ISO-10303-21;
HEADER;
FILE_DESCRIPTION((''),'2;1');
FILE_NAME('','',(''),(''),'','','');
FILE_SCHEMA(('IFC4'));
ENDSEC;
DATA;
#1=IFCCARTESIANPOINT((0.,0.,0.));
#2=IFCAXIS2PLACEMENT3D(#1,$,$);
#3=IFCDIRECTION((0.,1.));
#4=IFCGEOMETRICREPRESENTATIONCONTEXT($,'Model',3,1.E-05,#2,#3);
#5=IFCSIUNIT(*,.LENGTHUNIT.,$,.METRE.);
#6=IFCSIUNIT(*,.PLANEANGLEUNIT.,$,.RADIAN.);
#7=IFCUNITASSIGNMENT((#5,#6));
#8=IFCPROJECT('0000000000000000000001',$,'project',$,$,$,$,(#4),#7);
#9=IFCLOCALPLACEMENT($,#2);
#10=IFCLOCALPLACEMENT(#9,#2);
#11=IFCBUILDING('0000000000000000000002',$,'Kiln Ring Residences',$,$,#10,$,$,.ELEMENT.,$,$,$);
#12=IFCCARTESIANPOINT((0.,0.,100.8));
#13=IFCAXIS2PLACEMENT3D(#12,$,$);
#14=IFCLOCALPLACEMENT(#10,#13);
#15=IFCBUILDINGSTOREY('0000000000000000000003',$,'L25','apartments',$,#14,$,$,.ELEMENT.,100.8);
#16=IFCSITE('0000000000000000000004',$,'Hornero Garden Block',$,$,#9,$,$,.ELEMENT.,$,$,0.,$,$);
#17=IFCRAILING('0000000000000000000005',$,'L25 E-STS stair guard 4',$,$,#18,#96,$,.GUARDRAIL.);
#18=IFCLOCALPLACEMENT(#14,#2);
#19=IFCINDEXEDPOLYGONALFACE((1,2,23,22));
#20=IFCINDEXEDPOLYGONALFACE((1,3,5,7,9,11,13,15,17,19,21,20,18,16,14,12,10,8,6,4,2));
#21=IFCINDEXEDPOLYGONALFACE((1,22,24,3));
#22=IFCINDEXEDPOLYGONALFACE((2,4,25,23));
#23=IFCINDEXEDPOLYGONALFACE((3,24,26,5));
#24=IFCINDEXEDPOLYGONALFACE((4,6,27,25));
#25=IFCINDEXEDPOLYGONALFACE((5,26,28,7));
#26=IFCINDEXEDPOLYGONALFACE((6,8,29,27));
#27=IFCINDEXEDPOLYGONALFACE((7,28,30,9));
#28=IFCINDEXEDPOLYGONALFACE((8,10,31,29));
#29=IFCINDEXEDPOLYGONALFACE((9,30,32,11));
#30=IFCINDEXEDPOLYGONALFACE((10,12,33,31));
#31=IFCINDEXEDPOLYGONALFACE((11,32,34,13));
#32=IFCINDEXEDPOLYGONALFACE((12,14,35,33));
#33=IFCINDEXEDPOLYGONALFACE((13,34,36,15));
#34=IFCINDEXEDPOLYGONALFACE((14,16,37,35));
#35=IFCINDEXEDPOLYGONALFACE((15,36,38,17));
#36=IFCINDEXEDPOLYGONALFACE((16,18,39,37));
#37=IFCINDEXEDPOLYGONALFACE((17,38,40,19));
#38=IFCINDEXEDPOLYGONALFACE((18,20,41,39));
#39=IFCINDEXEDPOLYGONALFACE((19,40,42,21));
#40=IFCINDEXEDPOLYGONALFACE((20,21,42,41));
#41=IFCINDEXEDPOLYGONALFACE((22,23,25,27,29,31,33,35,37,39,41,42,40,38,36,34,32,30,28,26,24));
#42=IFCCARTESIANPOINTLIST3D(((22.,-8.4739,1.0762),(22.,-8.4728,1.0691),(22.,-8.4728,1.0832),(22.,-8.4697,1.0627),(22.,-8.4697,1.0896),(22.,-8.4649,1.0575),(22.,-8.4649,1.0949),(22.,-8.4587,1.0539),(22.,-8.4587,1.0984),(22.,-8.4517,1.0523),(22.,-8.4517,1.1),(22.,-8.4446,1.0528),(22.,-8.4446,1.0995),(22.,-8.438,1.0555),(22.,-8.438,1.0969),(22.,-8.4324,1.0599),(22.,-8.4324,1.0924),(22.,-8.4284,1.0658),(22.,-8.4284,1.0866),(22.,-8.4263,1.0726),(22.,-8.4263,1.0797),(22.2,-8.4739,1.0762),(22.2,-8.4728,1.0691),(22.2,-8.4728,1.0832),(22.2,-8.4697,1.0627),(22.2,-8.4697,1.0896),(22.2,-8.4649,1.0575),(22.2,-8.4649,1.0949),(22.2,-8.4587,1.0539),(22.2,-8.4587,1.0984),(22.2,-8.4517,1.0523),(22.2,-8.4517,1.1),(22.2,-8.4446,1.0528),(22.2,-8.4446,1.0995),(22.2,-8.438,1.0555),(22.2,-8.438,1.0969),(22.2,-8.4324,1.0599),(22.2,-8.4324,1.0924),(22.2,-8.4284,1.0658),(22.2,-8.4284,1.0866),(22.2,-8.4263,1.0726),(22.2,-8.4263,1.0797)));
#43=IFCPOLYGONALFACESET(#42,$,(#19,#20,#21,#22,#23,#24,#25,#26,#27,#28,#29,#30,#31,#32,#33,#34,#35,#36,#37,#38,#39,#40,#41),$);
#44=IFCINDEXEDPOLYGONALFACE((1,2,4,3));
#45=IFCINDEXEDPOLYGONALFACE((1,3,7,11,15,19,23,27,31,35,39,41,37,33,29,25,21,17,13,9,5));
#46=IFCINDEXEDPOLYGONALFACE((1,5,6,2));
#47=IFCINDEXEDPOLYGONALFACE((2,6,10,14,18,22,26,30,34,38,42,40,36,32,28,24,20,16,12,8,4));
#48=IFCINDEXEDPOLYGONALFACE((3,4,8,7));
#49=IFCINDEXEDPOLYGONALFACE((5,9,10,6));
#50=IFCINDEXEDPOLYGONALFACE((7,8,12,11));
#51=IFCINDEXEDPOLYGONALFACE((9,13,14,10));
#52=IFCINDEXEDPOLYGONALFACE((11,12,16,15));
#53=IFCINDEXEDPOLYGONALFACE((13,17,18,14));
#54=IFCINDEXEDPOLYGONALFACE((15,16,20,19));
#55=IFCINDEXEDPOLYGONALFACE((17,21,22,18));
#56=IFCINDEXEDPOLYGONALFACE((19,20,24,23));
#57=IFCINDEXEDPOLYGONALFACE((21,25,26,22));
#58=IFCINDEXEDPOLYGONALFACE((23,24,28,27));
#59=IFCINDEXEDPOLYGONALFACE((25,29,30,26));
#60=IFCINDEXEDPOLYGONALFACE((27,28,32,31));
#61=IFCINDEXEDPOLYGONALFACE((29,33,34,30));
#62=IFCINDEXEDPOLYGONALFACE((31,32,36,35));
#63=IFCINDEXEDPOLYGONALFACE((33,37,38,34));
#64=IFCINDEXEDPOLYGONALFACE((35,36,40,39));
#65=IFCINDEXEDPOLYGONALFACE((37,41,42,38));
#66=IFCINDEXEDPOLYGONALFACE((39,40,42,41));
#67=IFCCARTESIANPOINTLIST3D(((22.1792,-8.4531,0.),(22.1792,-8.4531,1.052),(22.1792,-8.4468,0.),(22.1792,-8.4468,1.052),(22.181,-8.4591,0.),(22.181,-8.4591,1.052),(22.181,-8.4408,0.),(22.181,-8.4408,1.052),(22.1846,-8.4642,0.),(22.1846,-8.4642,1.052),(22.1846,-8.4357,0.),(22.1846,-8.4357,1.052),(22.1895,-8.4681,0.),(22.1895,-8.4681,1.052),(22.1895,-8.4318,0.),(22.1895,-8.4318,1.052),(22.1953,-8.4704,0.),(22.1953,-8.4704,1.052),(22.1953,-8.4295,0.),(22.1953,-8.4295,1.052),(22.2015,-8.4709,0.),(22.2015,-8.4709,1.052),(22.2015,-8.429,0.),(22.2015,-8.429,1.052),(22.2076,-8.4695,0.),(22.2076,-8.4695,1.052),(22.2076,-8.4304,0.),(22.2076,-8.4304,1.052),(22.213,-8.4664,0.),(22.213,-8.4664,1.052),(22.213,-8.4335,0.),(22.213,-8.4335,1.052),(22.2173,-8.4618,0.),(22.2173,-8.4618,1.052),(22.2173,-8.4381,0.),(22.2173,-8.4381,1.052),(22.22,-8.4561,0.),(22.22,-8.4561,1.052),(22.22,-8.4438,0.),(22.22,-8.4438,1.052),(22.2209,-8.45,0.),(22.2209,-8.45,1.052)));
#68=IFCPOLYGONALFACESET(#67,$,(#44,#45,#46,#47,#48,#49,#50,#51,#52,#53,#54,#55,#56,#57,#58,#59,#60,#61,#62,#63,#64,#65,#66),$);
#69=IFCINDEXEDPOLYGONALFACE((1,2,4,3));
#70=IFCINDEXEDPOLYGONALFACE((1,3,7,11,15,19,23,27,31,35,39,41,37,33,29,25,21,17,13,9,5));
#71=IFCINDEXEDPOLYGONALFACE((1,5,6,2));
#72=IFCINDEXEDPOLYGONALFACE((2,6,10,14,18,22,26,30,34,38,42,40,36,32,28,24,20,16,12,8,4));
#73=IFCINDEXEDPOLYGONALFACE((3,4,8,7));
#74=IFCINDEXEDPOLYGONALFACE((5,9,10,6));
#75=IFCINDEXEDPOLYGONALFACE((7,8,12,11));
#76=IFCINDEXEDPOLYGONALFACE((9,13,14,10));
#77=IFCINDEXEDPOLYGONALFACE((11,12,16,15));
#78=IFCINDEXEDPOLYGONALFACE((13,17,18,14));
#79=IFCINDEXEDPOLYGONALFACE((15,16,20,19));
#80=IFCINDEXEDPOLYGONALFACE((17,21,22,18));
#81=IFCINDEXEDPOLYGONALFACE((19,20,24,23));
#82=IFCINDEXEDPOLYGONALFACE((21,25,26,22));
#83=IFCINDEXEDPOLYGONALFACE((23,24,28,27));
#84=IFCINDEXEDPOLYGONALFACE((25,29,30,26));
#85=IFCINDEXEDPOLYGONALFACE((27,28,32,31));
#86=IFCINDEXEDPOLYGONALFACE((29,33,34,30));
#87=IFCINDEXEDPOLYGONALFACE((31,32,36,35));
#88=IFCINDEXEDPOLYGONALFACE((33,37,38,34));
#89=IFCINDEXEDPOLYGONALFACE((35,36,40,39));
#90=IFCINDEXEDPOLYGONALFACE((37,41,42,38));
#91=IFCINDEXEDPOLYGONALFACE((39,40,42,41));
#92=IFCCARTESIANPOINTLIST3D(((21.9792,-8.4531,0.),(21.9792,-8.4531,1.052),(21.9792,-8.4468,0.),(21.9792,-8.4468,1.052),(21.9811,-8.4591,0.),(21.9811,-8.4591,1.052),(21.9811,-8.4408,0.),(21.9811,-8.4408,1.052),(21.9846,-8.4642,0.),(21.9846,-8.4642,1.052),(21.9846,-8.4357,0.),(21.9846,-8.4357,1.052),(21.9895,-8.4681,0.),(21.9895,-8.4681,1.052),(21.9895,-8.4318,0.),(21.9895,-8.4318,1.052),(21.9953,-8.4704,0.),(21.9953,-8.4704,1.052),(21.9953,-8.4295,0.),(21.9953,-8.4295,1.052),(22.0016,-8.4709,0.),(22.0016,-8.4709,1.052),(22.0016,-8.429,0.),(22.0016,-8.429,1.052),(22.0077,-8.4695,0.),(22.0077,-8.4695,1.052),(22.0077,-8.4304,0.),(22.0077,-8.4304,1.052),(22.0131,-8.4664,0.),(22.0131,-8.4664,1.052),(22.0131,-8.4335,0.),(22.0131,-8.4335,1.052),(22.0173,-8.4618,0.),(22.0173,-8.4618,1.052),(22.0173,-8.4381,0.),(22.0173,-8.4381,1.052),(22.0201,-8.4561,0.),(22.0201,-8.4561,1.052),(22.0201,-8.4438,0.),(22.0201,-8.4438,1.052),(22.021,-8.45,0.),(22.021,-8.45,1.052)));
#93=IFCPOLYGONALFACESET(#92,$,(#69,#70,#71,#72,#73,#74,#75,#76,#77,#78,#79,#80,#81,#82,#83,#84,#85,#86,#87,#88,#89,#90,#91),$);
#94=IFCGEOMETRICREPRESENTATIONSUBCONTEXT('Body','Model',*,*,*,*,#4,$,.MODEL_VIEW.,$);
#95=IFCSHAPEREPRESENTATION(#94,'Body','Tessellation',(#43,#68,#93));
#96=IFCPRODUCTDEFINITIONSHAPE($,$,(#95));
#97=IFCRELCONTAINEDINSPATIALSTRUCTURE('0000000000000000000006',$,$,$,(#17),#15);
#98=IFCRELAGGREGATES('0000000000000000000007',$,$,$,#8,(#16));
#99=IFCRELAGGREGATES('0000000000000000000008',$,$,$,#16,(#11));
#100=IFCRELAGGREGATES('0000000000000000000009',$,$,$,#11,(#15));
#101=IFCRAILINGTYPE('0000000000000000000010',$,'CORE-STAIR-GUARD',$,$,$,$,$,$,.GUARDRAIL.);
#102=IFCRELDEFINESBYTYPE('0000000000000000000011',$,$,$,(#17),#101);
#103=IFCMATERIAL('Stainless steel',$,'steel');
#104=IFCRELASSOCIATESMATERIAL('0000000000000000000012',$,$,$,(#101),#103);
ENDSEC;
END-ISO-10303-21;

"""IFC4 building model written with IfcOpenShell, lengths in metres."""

from ifc_helpers import new_model, si_unit, direction, frame, origin, origin_2d, place, context, subcontext, project, spatial, circle, extrude, material, type_object, element, save


model = new_model("IFC4")

# Units and contexts
model_context = context("Model", 3, precision=1e-05, world=origin(), true_north=direction((0.0, 1.0)))
body_context = subcontext(model_context, "Body", "Model", "MODEL_VIEW")
ifc_project = project(units=[si_unit("LENGTHUNIT", "METRE"), si_unit("PLANEANGLEUNIT", "RADIAN")], contexts=[model_context])

# Site, building, storey
site_placement = place(None, origin())
site = spatial("IfcSite", under=ifc_project, at=site_placement, Name="Hornero Garden Block", CompositionType="ELEMENT", RefElevation=0.0)
building_placement = place(site_placement, origin())
building = spatial("IfcBuilding", under=site, at=building_placement, Name="Kiln Ring Residences", CompositionType="ELEMENT")
storey_placement = place(building_placement, frame((0.0, 0.0, 100.8)))
storey = spatial("IfcBuildingStorey", under=building, at=storey_placement, Name="L25", Description="apartments", CompositionType="ELEMENT", Elevation=100.8)

# Railing
ifc_material_1 = material(Name="Stainless steel", Category="steel")
railing_type_1 = type_object("IfcRailingType", Name="CORE-STAIR-GUARD", PredefinedType="GUARDRAIL", material=ifc_material_1)
railing_1_placement = place(storey_placement, frame((22.2, -8.45, 0.0)))
element("IfcRailing", 1, at=railing_1_placement, inside=storey, type_object=railing_type_1, Name="L25 E-STS stair guard 4", PredefinedType="GUARDRAIL", context=body_context, shape_type="SweptSolid", body=[
    extrude(circle(Radius=0.0239, at=origin_2d()), frame((0.0, 0.0, 1.0762), z_axis=(-1.0, 0.0, 0.0), x_axis=(0.0, -1.0, 0.0)), (0.0, 0.0, 1.0), 0.2),
    extrude(circle(Radius=0.021, at=origin_2d()), origin(), (0.0, 0.0, 1.0), 1.052),
    extrude(circle(Radius=0.021, at=origin_2d()), frame((-0.2, 0.0, 0.0)), (0.0, 0.0, 1.0), 1.052),
])

save(model, "model.ifc")
